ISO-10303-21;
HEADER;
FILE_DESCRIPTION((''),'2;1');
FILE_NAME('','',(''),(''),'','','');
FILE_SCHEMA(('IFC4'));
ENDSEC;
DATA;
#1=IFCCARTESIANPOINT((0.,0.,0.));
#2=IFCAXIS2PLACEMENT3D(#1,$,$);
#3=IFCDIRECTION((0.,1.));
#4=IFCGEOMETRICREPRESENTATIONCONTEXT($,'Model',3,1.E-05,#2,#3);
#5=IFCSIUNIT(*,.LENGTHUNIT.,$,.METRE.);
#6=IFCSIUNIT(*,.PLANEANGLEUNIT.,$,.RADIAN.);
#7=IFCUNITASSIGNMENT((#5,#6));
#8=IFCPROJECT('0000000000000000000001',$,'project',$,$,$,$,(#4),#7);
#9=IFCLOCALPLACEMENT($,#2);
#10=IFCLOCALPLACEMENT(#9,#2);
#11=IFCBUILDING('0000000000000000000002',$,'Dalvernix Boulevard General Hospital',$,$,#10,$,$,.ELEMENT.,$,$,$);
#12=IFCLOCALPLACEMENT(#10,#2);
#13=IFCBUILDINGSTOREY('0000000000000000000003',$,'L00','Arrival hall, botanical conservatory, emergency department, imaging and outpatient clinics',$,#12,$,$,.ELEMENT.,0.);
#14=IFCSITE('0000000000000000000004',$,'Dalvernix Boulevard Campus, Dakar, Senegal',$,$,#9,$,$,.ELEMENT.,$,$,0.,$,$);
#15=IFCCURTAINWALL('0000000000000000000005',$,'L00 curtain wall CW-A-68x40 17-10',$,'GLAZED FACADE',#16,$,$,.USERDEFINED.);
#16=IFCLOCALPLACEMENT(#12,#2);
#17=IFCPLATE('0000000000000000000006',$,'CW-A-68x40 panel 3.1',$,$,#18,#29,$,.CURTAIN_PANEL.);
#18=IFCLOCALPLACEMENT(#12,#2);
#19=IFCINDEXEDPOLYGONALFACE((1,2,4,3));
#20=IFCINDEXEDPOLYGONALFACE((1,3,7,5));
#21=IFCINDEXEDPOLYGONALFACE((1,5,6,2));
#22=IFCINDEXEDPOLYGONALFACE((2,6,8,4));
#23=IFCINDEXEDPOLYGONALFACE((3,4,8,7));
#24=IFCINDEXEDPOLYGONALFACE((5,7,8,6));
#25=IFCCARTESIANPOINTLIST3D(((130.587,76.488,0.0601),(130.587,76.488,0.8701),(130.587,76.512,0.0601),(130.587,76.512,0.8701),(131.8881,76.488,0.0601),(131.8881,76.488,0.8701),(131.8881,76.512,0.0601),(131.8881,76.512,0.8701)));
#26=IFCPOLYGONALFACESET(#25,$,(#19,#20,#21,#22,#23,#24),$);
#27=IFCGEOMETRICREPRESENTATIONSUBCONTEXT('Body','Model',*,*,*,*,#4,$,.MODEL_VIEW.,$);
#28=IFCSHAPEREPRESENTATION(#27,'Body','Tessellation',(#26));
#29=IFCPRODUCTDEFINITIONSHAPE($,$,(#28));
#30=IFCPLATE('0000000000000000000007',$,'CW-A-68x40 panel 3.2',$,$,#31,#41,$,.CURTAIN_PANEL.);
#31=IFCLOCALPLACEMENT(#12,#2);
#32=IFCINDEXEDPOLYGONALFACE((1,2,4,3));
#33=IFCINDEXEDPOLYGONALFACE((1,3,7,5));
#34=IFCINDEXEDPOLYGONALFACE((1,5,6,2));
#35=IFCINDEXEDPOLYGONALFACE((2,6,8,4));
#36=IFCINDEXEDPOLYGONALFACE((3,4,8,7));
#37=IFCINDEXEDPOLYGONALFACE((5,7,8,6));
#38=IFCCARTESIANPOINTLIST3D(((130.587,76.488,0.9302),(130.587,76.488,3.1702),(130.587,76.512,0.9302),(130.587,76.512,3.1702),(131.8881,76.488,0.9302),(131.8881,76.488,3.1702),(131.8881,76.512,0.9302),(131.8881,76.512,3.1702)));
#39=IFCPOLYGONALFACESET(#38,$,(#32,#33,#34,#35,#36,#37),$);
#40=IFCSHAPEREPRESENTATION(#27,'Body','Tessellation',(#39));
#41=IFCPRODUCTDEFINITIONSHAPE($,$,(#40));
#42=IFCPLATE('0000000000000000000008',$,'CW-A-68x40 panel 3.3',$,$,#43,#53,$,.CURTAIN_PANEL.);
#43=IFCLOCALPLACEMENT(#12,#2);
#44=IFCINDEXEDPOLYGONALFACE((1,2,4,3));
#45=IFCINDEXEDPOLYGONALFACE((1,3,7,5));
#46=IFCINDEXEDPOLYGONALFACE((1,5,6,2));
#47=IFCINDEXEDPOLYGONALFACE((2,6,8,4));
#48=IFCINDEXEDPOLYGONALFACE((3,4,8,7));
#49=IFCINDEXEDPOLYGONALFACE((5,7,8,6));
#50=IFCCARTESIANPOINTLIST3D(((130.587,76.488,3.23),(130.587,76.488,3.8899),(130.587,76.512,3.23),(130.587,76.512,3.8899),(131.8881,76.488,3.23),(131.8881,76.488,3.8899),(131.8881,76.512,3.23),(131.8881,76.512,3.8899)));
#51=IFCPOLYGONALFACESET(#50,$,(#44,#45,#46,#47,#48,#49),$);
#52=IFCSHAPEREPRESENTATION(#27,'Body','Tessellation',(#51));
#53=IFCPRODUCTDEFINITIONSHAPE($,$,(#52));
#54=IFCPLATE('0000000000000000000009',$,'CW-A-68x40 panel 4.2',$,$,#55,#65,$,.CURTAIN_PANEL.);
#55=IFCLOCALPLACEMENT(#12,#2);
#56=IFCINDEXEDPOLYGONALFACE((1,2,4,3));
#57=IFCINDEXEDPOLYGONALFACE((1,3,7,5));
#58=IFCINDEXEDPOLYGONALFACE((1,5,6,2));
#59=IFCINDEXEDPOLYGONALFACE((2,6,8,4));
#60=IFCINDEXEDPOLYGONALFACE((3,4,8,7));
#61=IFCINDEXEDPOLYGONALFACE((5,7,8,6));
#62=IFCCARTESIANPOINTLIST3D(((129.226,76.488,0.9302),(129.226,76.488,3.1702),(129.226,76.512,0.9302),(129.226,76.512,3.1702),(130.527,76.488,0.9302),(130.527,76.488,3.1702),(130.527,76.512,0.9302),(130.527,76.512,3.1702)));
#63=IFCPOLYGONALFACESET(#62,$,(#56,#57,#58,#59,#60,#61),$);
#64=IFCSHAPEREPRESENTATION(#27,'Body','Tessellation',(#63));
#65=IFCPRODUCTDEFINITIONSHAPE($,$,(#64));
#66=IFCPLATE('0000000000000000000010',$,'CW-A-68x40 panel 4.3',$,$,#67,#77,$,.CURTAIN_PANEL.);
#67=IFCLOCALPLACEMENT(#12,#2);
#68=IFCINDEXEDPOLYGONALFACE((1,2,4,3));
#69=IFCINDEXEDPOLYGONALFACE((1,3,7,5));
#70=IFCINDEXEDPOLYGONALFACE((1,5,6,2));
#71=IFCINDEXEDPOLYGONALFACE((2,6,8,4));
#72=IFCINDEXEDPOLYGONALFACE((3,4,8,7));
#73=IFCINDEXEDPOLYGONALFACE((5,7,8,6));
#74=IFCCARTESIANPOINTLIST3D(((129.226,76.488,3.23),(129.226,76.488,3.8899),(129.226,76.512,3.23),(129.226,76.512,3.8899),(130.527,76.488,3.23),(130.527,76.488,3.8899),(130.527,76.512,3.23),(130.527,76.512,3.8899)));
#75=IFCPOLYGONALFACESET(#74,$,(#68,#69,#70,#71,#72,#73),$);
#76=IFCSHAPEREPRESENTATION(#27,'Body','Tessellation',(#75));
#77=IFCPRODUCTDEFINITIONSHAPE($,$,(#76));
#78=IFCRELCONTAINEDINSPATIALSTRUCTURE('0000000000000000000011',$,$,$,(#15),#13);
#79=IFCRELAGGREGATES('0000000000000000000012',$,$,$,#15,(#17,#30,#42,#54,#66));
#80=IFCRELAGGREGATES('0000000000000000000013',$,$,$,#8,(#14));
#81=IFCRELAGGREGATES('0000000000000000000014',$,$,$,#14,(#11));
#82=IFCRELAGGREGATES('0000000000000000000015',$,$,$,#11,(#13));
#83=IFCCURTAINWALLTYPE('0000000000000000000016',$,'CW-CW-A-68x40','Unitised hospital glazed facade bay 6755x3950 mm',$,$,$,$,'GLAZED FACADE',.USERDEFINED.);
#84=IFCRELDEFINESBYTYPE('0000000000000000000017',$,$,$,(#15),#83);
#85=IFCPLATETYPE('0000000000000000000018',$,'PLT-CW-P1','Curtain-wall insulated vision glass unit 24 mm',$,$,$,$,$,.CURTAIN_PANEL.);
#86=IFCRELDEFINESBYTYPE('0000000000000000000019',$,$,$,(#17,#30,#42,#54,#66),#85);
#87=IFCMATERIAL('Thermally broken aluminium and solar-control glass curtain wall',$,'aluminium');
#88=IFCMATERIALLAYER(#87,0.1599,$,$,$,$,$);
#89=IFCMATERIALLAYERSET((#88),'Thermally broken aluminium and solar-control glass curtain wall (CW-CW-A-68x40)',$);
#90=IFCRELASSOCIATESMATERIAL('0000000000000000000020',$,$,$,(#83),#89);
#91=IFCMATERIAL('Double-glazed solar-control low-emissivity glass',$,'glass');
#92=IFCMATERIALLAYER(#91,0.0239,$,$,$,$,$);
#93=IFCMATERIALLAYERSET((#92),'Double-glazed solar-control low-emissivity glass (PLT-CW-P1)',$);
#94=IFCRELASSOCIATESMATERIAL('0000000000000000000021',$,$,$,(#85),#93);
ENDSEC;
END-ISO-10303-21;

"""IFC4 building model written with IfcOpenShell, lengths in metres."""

from ifc_helpers import new_model, si_unit, direction, frame, origin, origin_2d, place, context, subcontext, project, spatial, rectangle, extrude, material, layer, layer_set, type_object, element, aggregate, save


model = new_model("IFC4")

# Units and contexts
model_context = context("Model", 3, precision=1e-05, world=origin(), true_north=direction((0.0, 1.0)))
body_context = subcontext(model_context, "Body", "Model", "MODEL_VIEW")
ifc_project = project(units=[si_unit("LENGTHUNIT", "METRE"), si_unit("PLANEANGLEUNIT", "RADIAN")], contexts=[model_context])

# Site, building, storey
site_placement = place(None, origin())
site = spatial("IfcSite", under=ifc_project, at=site_placement, Name="Dalvernix Boulevard Campus, Dakar, Senegal", CompositionType="ELEMENT", RefElevation=0.0)
building_placement = place(site_placement, origin())
building = spatial("IfcBuilding", under=site, at=building_placement, Name="Dalvernix Boulevard General Hospital", CompositionType="ELEMENT")
storey_placement = place(building_placement, origin())
storey = spatial("IfcBuildingStorey", under=building, at=storey_placement, Name="L00", Description="Arrival hall, botanical conservatory, emergency department, imaging and outpatient clinics", CompositionType="ELEMENT", Elevation=0.0)

# Curtain wall, plates
ifc_material_1 = material(Name="Thermally broken aluminium and solar-control glass curtain wall", Category="aluminium")
ifc_layer_1 = layer(ifc_material_1, 0.1599)
ifc_layer_set_1 = layer_set([ifc_layer_1], Name="Thermally broken aluminium and solar-control glass curtain wall (CW-CW-A-68x40)")
curtain_wall_type = type_object("IfcCurtainWallType", Name="CW-CW-A-68x40", Description="Unitised hospital glazed facade bay 6755x3950 mm", ElementType="GLAZED FACADE", PredefinedType="USERDEFINED", material=ifc_layer_set_1)
curtain_wall_placement = place(storey_placement, origin())
curtain_wall = element("IfcCurtainWall", 1, at=curtain_wall_placement, inside=storey, type_object=curtain_wall_type, Name="L00 curtain wall CW-A-68x40 17-10", ObjectType="GLAZED FACADE", PredefinedType="USERDEFINED")
ifc_material_2 = material(Name="Double-glazed solar-control low-emissivity glass", Category="glass")
ifc_layer_2 = layer(ifc_material_2, 0.0239)
ifc_layer_set_2 = layer_set([ifc_layer_2], Name="Double-glazed solar-control low-emissivity glass (PLT-CW-P1)")
plate_type = type_object("IfcPlateType", Name="PLT-CW-P1", Description="Curtain-wall insulated vision glass unit 24 mm", PredefinedType="CURTAIN_PANEL", material=ifc_layer_set_2)
plate_1_placement = place(storey_placement, frame((131.2375, 76.5, 0.0601), z_axis=(0.0, 0.0, 1.0), x_axis=(-1.0, 0.0, 0.0)))
plate_1 = element("IfcPlate", 2, at=plate_1_placement, type_object=plate_type, Name="CW-A-68x40 panel 3.1", PredefinedType="CURTAIN_PANEL", context=body_context, shape_type="SweptSolid", body=[
    extrude(rectangle(XDim=1.301, YDim=0.0239, at=origin_2d()), origin(), (0.0, 0.0, 1.0), 0.8101),
])
plate_2_placement = place(storey_placement, frame((131.2375, 76.5, 0.9302), z_axis=(0.0, 0.0, 1.0), x_axis=(-1.0, 0.0, 0.0)))
plate_2 = element("IfcPlate", 3, at=plate_2_placement, type_object=plate_type, Name="CW-A-68x40 panel 3.2", PredefinedType="CURTAIN_PANEL", context=body_context, shape_type="SweptSolid", body=[
    extrude(rectangle(XDim=1.301, YDim=0.0239, at=origin_2d()), origin(), (0.0, 0.0, 1.0), 2.24),
])
plate_3_placement = place(storey_placement, frame((131.2375, 76.5, 3.23), z_axis=(0.0, 0.0, 1.0), x_axis=(-1.0, 0.0, 0.0)))
plate_3 = element("IfcPlate", 4, at=plate_3_placement, type_object=plate_type, Name="CW-A-68x40 panel 3.3", PredefinedType="CURTAIN_PANEL", context=body_context, shape_type="SweptSolid", body=[
    extrude(rectangle(XDim=1.301, YDim=0.0239, at=origin_2d()), origin(), (0.0, 0.0, 1.0), 0.6599),
])
plate_4_placement = place(storey_placement, frame((129.8765, 76.5, 0.9302), z_axis=(0.0, 0.0, 1.0), x_axis=(-1.0, 0.0, 0.0)))
plate_4 = element("IfcPlate", 5, at=plate_4_placement, type_object=plate_type, Name="CW-A-68x40 panel 4.2", PredefinedType="CURTAIN_PANEL", context=body_context, shape_type="SweptSolid", body=[
    extrude(rectangle(XDim=1.301, YDim=0.0239, at=origin_2d()), origin(), (0.0, 0.0, 1.0), 2.24),
])
plate_5_placement = place(storey_placement, frame((129.8765, 76.5, 3.23), z_axis=(0.0, 0.0, 1.0), x_axis=(-1.0, 0.0, 0.0)))
plate_5 = element("IfcPlate", 6, at=plate_5_placement, type_object=plate_type, Name="CW-A-68x40 panel 4.3", PredefinedType="CURTAIN_PANEL", context=body_context, shape_type="SweptSolid", body=[
    extrude(rectangle(XDim=1.301, YDim=0.0239, at=origin_2d()), origin(), (0.0, 0.0, 1.0), 0.6599),
])
aggregate(curtain_wall, [plate_1, plate_2, plate_3, plate_4, plate_5])

save(model, "model.ifc")
